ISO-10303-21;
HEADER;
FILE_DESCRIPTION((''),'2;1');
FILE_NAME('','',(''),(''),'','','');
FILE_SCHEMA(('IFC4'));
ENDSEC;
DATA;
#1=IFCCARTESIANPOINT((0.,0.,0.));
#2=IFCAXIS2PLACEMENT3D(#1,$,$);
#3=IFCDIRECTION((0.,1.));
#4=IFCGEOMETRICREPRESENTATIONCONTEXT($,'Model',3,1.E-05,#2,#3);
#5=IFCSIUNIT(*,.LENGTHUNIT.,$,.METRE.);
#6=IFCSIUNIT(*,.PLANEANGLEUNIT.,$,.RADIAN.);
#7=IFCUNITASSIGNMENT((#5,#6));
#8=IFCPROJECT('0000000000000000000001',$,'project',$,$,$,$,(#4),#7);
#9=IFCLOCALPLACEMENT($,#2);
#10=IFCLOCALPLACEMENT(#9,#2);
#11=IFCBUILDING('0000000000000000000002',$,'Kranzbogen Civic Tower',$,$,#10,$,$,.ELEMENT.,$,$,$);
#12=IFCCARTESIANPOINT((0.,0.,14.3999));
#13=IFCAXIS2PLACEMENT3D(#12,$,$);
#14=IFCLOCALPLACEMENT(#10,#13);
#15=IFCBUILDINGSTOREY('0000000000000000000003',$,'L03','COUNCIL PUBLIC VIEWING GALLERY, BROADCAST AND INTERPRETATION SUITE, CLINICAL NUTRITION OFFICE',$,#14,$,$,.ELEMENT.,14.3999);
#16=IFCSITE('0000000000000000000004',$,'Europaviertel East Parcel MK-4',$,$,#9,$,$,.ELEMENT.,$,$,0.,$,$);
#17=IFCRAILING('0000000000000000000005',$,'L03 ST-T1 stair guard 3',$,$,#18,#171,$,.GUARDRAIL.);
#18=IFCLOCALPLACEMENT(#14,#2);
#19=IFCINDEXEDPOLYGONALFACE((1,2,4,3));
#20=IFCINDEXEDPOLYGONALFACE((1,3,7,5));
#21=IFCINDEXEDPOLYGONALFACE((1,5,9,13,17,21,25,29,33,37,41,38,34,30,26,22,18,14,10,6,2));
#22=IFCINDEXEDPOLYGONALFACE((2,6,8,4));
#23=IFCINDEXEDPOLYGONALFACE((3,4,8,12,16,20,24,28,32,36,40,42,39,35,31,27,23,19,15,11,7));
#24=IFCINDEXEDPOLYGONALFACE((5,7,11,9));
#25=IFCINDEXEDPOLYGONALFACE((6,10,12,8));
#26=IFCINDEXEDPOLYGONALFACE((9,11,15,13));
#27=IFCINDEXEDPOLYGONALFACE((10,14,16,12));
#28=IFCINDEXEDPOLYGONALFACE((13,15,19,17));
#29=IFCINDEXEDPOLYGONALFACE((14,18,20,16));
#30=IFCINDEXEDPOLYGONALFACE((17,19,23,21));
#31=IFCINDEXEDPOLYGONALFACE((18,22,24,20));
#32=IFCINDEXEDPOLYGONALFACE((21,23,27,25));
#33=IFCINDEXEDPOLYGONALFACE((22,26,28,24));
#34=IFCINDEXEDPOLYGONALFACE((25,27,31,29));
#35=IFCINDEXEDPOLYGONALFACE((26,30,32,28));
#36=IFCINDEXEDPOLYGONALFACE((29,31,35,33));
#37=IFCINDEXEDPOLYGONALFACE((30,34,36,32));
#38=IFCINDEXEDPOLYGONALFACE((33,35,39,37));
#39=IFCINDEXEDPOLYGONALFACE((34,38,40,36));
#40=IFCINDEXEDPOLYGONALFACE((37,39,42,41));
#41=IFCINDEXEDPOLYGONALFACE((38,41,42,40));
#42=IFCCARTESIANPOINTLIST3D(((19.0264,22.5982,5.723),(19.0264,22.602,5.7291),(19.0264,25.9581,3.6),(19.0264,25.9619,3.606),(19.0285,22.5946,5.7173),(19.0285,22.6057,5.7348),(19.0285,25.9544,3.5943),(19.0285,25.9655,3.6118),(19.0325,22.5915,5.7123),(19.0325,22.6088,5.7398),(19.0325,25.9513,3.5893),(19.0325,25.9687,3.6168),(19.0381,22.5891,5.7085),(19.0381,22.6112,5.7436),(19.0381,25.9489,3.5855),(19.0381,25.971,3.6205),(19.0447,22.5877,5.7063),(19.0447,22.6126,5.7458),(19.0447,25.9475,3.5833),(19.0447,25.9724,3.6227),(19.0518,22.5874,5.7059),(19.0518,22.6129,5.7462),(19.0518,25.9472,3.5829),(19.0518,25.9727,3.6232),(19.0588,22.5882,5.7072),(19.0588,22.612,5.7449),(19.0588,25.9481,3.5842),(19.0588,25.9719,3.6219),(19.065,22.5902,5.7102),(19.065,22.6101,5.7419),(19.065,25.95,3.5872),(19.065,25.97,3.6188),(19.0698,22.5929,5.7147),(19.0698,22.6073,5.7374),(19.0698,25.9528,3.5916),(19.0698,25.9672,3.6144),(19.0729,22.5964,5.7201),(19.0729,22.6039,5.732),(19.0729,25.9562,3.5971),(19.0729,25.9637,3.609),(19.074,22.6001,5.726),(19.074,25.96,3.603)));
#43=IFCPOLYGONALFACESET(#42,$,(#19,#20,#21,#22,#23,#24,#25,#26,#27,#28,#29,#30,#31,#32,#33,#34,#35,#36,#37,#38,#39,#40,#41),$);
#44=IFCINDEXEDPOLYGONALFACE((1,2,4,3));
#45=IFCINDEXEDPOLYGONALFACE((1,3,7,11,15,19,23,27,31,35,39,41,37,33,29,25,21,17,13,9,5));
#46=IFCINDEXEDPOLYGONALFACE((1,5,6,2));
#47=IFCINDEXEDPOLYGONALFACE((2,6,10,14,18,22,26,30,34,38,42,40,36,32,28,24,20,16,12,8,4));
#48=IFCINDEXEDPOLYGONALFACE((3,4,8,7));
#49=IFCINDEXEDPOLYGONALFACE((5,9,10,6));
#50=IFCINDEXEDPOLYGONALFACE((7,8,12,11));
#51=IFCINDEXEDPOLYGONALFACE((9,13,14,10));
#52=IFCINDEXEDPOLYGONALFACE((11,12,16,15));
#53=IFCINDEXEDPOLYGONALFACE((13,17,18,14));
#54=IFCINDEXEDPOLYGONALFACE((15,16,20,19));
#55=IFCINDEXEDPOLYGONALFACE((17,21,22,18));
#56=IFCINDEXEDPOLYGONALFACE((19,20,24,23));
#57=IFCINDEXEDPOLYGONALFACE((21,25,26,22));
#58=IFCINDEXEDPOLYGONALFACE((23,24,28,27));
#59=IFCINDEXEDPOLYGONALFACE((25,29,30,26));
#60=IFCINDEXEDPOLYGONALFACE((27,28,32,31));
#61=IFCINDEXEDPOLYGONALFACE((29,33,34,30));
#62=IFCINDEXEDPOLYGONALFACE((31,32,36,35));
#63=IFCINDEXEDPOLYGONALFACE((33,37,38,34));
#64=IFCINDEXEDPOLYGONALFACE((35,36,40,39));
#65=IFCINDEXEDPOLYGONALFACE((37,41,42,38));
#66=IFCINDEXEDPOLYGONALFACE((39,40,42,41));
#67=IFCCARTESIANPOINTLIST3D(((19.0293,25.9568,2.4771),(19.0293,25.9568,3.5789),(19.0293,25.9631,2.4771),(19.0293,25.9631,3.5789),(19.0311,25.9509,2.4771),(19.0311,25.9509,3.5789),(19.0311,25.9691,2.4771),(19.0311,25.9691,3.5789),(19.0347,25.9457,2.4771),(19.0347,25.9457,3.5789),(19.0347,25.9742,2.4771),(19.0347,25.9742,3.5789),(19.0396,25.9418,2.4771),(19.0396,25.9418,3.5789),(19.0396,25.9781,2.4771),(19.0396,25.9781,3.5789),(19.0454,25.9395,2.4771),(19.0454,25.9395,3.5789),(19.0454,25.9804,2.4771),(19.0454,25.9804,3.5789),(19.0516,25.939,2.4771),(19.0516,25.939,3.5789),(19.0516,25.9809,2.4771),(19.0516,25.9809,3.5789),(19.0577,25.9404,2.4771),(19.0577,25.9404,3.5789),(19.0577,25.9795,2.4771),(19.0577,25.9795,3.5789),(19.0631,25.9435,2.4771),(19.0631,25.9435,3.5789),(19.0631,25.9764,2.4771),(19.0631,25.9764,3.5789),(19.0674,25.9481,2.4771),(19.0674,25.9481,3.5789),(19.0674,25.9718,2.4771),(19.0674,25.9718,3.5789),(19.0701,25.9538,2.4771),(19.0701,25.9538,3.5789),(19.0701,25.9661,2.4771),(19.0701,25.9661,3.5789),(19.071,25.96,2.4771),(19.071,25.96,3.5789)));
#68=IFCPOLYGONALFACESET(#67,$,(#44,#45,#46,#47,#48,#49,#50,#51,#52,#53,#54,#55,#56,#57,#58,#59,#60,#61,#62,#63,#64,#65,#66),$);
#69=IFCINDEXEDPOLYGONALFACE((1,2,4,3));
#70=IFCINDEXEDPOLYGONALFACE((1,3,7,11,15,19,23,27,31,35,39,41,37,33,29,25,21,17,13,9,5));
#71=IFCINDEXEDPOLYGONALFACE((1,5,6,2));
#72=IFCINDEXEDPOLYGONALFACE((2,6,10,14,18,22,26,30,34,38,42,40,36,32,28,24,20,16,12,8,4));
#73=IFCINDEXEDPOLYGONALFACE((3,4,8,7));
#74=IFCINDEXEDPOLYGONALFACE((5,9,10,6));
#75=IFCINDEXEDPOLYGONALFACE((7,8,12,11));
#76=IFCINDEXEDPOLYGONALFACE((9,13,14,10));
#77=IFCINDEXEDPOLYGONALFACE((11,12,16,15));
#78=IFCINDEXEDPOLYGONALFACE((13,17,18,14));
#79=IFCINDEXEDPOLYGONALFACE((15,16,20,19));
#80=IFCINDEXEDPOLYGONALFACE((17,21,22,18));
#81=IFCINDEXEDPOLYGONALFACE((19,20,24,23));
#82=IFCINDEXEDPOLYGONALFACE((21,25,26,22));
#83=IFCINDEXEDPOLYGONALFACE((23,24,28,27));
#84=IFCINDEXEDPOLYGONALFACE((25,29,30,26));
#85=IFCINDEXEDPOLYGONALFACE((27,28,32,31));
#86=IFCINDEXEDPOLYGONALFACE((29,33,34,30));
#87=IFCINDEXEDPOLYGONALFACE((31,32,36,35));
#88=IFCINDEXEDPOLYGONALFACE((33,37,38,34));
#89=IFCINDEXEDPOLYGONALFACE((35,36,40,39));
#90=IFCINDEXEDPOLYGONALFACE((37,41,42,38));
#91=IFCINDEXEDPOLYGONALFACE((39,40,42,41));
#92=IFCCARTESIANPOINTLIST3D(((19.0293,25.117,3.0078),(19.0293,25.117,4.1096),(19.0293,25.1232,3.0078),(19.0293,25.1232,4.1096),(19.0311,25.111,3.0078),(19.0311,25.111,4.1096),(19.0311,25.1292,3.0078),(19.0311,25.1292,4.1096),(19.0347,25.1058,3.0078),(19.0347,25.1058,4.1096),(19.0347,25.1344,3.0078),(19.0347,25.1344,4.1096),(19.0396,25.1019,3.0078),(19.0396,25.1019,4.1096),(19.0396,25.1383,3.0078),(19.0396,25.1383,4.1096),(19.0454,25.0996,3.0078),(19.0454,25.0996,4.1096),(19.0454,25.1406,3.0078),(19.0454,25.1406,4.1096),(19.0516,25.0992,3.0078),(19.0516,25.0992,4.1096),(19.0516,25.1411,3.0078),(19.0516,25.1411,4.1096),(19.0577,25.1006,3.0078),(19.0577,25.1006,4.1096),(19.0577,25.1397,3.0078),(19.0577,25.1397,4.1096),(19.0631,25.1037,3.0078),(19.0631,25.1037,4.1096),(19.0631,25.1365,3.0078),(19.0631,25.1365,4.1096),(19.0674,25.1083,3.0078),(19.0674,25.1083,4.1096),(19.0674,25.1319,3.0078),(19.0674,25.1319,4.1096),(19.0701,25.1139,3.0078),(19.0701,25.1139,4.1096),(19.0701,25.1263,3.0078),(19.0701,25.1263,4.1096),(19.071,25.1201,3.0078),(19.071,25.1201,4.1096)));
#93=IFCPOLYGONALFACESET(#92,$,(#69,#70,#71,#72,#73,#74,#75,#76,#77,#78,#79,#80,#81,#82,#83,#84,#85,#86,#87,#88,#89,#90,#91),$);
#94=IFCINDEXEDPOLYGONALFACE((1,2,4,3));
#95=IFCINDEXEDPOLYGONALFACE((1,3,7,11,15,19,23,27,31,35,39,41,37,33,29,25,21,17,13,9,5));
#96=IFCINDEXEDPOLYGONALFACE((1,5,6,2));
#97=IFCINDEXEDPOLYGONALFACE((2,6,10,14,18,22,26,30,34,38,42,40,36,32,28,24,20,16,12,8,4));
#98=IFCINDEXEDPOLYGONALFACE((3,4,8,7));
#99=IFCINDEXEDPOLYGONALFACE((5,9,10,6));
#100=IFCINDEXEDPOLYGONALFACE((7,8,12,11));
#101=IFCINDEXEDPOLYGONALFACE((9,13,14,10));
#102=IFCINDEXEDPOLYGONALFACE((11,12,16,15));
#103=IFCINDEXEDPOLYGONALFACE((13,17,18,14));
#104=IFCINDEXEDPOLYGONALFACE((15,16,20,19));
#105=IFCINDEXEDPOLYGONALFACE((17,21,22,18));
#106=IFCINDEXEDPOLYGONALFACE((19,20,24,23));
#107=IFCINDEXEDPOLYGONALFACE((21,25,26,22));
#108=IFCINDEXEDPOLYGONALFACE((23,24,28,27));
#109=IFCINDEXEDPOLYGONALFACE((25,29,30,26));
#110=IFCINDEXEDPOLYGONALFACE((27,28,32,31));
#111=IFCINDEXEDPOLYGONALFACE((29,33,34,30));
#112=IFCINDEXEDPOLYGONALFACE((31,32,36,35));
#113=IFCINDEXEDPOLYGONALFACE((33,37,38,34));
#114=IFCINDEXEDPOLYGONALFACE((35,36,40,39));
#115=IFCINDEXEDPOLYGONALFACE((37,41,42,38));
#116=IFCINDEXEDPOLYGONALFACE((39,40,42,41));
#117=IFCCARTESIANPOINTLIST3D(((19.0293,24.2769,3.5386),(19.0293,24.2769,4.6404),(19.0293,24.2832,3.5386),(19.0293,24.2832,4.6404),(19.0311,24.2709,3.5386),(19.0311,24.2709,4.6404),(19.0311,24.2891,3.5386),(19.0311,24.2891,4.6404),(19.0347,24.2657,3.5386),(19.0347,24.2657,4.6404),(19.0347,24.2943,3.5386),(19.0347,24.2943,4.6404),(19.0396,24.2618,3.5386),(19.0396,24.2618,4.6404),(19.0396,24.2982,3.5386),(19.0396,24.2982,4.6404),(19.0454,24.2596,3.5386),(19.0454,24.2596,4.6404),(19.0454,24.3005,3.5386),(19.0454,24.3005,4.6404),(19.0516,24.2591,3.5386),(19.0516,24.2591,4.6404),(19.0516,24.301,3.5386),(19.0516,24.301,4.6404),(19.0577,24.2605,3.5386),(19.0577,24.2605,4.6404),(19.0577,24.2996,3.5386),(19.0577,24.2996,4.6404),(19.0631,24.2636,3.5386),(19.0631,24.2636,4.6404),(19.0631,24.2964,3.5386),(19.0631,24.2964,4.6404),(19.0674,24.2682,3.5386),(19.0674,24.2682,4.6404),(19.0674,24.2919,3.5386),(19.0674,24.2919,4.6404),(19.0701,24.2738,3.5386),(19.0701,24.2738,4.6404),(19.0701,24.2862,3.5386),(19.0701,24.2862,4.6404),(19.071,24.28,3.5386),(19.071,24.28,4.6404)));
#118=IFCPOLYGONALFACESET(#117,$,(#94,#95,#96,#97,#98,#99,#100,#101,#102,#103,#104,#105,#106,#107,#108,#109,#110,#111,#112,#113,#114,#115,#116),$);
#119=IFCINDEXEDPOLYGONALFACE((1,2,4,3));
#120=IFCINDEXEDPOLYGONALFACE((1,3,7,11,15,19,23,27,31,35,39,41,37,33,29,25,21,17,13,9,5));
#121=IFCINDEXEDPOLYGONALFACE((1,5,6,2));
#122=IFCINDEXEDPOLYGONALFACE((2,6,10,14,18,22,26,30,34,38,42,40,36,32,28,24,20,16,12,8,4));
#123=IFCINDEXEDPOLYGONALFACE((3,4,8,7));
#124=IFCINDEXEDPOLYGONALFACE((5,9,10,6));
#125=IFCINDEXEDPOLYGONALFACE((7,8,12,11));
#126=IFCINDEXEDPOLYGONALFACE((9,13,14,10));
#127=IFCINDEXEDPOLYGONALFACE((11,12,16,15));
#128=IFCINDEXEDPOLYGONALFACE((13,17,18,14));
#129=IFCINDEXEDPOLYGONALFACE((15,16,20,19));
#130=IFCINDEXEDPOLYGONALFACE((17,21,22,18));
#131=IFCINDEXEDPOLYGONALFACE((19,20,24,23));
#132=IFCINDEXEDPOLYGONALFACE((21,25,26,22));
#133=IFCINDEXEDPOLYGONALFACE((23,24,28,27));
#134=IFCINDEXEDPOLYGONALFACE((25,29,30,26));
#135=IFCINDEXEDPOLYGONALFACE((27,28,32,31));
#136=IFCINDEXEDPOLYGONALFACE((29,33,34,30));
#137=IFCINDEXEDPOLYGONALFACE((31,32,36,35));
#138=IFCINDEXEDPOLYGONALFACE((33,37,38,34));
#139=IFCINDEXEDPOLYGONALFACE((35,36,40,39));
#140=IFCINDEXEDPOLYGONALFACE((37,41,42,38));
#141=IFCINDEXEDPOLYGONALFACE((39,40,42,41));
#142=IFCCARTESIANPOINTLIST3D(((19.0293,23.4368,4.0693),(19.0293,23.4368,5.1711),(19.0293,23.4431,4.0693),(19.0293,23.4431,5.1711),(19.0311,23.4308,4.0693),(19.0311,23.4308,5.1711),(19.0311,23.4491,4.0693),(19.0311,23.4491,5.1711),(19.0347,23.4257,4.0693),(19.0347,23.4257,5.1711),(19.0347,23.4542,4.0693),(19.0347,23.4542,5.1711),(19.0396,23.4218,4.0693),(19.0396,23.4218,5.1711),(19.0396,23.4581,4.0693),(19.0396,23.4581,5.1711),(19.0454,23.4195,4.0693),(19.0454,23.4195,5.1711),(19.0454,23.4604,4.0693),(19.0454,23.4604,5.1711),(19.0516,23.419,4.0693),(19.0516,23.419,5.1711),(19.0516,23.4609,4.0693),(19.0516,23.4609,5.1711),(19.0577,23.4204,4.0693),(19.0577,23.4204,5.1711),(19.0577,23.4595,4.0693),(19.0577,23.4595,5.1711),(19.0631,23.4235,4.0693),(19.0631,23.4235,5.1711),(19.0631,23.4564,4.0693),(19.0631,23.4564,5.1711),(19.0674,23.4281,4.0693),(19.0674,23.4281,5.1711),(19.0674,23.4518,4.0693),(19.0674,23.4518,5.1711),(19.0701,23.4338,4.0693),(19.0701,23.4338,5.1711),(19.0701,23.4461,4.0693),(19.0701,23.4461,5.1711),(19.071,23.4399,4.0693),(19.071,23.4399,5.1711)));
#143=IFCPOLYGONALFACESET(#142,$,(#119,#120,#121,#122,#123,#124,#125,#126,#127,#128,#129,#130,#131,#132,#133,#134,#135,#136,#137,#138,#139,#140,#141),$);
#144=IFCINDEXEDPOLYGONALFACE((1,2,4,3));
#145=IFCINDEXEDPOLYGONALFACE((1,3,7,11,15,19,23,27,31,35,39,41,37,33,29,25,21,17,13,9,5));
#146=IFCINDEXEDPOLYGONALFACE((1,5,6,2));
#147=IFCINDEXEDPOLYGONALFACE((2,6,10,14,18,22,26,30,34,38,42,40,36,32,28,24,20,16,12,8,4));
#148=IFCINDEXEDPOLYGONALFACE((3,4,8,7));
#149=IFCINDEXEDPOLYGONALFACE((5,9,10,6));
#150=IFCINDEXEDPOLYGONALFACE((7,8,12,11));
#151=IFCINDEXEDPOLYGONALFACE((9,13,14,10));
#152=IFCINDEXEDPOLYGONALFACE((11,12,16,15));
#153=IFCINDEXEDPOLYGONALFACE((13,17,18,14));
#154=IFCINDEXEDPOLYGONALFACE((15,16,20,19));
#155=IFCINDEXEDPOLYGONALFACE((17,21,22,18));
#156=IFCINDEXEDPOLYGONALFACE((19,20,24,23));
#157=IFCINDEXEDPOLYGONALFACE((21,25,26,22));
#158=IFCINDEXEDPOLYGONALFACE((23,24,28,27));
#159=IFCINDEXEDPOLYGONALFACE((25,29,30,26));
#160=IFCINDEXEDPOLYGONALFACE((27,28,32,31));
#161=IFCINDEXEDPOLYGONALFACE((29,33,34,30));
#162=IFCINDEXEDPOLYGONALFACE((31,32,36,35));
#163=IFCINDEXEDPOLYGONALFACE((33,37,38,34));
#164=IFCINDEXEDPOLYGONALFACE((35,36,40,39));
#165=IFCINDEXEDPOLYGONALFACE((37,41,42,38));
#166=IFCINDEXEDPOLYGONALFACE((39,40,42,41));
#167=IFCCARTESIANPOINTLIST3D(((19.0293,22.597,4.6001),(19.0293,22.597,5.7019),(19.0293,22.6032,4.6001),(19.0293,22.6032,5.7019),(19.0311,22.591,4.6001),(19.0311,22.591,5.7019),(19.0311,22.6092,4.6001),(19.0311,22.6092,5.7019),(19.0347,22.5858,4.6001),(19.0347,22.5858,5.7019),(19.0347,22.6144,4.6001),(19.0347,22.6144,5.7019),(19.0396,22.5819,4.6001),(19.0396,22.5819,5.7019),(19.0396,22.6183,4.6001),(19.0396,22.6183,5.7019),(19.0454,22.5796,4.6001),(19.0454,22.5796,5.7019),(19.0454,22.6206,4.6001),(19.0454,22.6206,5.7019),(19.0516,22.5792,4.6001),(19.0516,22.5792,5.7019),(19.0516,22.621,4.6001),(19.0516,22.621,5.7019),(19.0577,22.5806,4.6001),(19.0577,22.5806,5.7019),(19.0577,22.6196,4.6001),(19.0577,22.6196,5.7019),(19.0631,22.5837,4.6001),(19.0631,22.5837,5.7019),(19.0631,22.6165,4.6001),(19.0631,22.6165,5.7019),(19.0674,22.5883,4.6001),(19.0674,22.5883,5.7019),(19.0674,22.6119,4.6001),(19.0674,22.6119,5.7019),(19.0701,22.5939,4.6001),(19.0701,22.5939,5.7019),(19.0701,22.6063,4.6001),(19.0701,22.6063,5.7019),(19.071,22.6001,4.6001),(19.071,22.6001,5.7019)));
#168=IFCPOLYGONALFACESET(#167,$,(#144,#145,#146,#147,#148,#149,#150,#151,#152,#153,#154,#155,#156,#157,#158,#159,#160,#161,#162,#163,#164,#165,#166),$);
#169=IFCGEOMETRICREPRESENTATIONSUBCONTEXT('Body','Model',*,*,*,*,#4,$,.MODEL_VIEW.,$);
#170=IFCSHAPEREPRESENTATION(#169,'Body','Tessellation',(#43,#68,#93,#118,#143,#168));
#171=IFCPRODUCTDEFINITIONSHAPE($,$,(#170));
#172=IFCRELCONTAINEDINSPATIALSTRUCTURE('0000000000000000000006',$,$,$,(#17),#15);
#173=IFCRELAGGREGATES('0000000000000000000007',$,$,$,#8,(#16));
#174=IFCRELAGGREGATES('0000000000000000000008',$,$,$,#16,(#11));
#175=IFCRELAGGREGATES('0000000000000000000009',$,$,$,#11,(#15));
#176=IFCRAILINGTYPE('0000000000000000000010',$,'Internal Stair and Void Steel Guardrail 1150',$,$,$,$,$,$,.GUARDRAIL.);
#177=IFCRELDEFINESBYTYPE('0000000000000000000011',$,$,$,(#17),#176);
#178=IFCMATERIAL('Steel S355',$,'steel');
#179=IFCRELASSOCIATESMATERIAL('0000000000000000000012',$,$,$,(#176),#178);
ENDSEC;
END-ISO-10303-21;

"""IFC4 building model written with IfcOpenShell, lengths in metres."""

from ifc_helpers import new_model, si_unit, direction, frame, origin, origin_2d, place, context, subcontext, project, spatial, circle, extrude, material, type_object, element, save


model = new_model("IFC4")

# Units and contexts
model_context = context("Model", 3, precision=1e-05, world=origin(), true_north=direction((0.0, 1.0)))
body_context = subcontext(model_context, "Body", "Model", "MODEL_VIEW")
ifc_project = project(units=[si_unit("LENGTHUNIT", "METRE"), si_unit("PLANEANGLEUNIT", "RADIAN")], contexts=[model_context])

# Site, building, storey
site_placement = place(None, origin())
site = spatial("IfcSite", under=ifc_project, at=site_placement, Name="Europaviertel East Parcel MK-4", CompositionType="ELEMENT", RefElevation=0.0)
building_placement = place(site_placement, origin())
building = spatial("IfcBuilding", under=site, at=building_placement, Name="Kranzbogen Civic Tower", CompositionType="ELEMENT")
storey_placement = place(building_placement, frame((0.0, 0.0, 14.3999)))
storey = spatial("IfcBuildingStorey", under=building, at=storey_placement, Name="L03", Description="COUNCIL PUBLIC VIEWING GALLERY, BROADCAST AND INTERPRETATION SUITE, CLINICAL NUTRITION OFFICE", CompositionType="ELEMENT", Elevation=14.3999)

# Shared definitions
ifc_material_1 = material(Name="Steel S355", Category="steel")

# Railing
railing_type_1 = type_object("IfcRailingType", Name="Internal Stair and Void Steel Guardrail 1150", PredefinedType="GUARDRAIL", material=ifc_material_1)
for number, where, name in (
    (1, (19.05, 25.96, 2.4771), "L03 ST-T1 stair guard 3"),
):
    element("IfcRailing", number, at=place(storey_placement, frame(where)), inside=storey, type_object=railing_type_1, Name=name, PredefinedType="GUARDRAIL", context=body_context, shape_type="SweptSolid", body=[
        extrude(circle(Radius=0.0239, at=origin_2d()), frame((0.0, 0.0, 1.126), z_axis=(0.0, -0.845372, 0.534178), x_axis=(1.0, 0.0, 0.0)), (0.0, 0.0, 1.0), 3.9744),
        extrude(circle(Radius=0.021, at=origin_2d()), origin(), (0.0, 0.0, 1.0), 1.1018),
        extrude(circle(Radius=0.021, at=origin_2d()), frame((0.0, -0.8398, 0.5308)), (0.0, 0.0, 1.0), 1.1018),
        extrude(circle(Radius=0.021, at=origin_2d()), frame((0.0, -1.6799, 1.0615)), (0.0, 0.0, 1.0), 1.1018),
        extrude(circle(Radius=0.021, at=origin_2d()), frame((0.0, -2.52, 1.5923)), (0.0, 0.0, 1.0), 1.1018),
        extrude(circle(Radius=0.021, at=origin_2d()), frame((0.0, -3.3599, 2.123)), (0.0, 0.0, 1.0), 1.1018),
    ])

save(model, "model.ifc")
